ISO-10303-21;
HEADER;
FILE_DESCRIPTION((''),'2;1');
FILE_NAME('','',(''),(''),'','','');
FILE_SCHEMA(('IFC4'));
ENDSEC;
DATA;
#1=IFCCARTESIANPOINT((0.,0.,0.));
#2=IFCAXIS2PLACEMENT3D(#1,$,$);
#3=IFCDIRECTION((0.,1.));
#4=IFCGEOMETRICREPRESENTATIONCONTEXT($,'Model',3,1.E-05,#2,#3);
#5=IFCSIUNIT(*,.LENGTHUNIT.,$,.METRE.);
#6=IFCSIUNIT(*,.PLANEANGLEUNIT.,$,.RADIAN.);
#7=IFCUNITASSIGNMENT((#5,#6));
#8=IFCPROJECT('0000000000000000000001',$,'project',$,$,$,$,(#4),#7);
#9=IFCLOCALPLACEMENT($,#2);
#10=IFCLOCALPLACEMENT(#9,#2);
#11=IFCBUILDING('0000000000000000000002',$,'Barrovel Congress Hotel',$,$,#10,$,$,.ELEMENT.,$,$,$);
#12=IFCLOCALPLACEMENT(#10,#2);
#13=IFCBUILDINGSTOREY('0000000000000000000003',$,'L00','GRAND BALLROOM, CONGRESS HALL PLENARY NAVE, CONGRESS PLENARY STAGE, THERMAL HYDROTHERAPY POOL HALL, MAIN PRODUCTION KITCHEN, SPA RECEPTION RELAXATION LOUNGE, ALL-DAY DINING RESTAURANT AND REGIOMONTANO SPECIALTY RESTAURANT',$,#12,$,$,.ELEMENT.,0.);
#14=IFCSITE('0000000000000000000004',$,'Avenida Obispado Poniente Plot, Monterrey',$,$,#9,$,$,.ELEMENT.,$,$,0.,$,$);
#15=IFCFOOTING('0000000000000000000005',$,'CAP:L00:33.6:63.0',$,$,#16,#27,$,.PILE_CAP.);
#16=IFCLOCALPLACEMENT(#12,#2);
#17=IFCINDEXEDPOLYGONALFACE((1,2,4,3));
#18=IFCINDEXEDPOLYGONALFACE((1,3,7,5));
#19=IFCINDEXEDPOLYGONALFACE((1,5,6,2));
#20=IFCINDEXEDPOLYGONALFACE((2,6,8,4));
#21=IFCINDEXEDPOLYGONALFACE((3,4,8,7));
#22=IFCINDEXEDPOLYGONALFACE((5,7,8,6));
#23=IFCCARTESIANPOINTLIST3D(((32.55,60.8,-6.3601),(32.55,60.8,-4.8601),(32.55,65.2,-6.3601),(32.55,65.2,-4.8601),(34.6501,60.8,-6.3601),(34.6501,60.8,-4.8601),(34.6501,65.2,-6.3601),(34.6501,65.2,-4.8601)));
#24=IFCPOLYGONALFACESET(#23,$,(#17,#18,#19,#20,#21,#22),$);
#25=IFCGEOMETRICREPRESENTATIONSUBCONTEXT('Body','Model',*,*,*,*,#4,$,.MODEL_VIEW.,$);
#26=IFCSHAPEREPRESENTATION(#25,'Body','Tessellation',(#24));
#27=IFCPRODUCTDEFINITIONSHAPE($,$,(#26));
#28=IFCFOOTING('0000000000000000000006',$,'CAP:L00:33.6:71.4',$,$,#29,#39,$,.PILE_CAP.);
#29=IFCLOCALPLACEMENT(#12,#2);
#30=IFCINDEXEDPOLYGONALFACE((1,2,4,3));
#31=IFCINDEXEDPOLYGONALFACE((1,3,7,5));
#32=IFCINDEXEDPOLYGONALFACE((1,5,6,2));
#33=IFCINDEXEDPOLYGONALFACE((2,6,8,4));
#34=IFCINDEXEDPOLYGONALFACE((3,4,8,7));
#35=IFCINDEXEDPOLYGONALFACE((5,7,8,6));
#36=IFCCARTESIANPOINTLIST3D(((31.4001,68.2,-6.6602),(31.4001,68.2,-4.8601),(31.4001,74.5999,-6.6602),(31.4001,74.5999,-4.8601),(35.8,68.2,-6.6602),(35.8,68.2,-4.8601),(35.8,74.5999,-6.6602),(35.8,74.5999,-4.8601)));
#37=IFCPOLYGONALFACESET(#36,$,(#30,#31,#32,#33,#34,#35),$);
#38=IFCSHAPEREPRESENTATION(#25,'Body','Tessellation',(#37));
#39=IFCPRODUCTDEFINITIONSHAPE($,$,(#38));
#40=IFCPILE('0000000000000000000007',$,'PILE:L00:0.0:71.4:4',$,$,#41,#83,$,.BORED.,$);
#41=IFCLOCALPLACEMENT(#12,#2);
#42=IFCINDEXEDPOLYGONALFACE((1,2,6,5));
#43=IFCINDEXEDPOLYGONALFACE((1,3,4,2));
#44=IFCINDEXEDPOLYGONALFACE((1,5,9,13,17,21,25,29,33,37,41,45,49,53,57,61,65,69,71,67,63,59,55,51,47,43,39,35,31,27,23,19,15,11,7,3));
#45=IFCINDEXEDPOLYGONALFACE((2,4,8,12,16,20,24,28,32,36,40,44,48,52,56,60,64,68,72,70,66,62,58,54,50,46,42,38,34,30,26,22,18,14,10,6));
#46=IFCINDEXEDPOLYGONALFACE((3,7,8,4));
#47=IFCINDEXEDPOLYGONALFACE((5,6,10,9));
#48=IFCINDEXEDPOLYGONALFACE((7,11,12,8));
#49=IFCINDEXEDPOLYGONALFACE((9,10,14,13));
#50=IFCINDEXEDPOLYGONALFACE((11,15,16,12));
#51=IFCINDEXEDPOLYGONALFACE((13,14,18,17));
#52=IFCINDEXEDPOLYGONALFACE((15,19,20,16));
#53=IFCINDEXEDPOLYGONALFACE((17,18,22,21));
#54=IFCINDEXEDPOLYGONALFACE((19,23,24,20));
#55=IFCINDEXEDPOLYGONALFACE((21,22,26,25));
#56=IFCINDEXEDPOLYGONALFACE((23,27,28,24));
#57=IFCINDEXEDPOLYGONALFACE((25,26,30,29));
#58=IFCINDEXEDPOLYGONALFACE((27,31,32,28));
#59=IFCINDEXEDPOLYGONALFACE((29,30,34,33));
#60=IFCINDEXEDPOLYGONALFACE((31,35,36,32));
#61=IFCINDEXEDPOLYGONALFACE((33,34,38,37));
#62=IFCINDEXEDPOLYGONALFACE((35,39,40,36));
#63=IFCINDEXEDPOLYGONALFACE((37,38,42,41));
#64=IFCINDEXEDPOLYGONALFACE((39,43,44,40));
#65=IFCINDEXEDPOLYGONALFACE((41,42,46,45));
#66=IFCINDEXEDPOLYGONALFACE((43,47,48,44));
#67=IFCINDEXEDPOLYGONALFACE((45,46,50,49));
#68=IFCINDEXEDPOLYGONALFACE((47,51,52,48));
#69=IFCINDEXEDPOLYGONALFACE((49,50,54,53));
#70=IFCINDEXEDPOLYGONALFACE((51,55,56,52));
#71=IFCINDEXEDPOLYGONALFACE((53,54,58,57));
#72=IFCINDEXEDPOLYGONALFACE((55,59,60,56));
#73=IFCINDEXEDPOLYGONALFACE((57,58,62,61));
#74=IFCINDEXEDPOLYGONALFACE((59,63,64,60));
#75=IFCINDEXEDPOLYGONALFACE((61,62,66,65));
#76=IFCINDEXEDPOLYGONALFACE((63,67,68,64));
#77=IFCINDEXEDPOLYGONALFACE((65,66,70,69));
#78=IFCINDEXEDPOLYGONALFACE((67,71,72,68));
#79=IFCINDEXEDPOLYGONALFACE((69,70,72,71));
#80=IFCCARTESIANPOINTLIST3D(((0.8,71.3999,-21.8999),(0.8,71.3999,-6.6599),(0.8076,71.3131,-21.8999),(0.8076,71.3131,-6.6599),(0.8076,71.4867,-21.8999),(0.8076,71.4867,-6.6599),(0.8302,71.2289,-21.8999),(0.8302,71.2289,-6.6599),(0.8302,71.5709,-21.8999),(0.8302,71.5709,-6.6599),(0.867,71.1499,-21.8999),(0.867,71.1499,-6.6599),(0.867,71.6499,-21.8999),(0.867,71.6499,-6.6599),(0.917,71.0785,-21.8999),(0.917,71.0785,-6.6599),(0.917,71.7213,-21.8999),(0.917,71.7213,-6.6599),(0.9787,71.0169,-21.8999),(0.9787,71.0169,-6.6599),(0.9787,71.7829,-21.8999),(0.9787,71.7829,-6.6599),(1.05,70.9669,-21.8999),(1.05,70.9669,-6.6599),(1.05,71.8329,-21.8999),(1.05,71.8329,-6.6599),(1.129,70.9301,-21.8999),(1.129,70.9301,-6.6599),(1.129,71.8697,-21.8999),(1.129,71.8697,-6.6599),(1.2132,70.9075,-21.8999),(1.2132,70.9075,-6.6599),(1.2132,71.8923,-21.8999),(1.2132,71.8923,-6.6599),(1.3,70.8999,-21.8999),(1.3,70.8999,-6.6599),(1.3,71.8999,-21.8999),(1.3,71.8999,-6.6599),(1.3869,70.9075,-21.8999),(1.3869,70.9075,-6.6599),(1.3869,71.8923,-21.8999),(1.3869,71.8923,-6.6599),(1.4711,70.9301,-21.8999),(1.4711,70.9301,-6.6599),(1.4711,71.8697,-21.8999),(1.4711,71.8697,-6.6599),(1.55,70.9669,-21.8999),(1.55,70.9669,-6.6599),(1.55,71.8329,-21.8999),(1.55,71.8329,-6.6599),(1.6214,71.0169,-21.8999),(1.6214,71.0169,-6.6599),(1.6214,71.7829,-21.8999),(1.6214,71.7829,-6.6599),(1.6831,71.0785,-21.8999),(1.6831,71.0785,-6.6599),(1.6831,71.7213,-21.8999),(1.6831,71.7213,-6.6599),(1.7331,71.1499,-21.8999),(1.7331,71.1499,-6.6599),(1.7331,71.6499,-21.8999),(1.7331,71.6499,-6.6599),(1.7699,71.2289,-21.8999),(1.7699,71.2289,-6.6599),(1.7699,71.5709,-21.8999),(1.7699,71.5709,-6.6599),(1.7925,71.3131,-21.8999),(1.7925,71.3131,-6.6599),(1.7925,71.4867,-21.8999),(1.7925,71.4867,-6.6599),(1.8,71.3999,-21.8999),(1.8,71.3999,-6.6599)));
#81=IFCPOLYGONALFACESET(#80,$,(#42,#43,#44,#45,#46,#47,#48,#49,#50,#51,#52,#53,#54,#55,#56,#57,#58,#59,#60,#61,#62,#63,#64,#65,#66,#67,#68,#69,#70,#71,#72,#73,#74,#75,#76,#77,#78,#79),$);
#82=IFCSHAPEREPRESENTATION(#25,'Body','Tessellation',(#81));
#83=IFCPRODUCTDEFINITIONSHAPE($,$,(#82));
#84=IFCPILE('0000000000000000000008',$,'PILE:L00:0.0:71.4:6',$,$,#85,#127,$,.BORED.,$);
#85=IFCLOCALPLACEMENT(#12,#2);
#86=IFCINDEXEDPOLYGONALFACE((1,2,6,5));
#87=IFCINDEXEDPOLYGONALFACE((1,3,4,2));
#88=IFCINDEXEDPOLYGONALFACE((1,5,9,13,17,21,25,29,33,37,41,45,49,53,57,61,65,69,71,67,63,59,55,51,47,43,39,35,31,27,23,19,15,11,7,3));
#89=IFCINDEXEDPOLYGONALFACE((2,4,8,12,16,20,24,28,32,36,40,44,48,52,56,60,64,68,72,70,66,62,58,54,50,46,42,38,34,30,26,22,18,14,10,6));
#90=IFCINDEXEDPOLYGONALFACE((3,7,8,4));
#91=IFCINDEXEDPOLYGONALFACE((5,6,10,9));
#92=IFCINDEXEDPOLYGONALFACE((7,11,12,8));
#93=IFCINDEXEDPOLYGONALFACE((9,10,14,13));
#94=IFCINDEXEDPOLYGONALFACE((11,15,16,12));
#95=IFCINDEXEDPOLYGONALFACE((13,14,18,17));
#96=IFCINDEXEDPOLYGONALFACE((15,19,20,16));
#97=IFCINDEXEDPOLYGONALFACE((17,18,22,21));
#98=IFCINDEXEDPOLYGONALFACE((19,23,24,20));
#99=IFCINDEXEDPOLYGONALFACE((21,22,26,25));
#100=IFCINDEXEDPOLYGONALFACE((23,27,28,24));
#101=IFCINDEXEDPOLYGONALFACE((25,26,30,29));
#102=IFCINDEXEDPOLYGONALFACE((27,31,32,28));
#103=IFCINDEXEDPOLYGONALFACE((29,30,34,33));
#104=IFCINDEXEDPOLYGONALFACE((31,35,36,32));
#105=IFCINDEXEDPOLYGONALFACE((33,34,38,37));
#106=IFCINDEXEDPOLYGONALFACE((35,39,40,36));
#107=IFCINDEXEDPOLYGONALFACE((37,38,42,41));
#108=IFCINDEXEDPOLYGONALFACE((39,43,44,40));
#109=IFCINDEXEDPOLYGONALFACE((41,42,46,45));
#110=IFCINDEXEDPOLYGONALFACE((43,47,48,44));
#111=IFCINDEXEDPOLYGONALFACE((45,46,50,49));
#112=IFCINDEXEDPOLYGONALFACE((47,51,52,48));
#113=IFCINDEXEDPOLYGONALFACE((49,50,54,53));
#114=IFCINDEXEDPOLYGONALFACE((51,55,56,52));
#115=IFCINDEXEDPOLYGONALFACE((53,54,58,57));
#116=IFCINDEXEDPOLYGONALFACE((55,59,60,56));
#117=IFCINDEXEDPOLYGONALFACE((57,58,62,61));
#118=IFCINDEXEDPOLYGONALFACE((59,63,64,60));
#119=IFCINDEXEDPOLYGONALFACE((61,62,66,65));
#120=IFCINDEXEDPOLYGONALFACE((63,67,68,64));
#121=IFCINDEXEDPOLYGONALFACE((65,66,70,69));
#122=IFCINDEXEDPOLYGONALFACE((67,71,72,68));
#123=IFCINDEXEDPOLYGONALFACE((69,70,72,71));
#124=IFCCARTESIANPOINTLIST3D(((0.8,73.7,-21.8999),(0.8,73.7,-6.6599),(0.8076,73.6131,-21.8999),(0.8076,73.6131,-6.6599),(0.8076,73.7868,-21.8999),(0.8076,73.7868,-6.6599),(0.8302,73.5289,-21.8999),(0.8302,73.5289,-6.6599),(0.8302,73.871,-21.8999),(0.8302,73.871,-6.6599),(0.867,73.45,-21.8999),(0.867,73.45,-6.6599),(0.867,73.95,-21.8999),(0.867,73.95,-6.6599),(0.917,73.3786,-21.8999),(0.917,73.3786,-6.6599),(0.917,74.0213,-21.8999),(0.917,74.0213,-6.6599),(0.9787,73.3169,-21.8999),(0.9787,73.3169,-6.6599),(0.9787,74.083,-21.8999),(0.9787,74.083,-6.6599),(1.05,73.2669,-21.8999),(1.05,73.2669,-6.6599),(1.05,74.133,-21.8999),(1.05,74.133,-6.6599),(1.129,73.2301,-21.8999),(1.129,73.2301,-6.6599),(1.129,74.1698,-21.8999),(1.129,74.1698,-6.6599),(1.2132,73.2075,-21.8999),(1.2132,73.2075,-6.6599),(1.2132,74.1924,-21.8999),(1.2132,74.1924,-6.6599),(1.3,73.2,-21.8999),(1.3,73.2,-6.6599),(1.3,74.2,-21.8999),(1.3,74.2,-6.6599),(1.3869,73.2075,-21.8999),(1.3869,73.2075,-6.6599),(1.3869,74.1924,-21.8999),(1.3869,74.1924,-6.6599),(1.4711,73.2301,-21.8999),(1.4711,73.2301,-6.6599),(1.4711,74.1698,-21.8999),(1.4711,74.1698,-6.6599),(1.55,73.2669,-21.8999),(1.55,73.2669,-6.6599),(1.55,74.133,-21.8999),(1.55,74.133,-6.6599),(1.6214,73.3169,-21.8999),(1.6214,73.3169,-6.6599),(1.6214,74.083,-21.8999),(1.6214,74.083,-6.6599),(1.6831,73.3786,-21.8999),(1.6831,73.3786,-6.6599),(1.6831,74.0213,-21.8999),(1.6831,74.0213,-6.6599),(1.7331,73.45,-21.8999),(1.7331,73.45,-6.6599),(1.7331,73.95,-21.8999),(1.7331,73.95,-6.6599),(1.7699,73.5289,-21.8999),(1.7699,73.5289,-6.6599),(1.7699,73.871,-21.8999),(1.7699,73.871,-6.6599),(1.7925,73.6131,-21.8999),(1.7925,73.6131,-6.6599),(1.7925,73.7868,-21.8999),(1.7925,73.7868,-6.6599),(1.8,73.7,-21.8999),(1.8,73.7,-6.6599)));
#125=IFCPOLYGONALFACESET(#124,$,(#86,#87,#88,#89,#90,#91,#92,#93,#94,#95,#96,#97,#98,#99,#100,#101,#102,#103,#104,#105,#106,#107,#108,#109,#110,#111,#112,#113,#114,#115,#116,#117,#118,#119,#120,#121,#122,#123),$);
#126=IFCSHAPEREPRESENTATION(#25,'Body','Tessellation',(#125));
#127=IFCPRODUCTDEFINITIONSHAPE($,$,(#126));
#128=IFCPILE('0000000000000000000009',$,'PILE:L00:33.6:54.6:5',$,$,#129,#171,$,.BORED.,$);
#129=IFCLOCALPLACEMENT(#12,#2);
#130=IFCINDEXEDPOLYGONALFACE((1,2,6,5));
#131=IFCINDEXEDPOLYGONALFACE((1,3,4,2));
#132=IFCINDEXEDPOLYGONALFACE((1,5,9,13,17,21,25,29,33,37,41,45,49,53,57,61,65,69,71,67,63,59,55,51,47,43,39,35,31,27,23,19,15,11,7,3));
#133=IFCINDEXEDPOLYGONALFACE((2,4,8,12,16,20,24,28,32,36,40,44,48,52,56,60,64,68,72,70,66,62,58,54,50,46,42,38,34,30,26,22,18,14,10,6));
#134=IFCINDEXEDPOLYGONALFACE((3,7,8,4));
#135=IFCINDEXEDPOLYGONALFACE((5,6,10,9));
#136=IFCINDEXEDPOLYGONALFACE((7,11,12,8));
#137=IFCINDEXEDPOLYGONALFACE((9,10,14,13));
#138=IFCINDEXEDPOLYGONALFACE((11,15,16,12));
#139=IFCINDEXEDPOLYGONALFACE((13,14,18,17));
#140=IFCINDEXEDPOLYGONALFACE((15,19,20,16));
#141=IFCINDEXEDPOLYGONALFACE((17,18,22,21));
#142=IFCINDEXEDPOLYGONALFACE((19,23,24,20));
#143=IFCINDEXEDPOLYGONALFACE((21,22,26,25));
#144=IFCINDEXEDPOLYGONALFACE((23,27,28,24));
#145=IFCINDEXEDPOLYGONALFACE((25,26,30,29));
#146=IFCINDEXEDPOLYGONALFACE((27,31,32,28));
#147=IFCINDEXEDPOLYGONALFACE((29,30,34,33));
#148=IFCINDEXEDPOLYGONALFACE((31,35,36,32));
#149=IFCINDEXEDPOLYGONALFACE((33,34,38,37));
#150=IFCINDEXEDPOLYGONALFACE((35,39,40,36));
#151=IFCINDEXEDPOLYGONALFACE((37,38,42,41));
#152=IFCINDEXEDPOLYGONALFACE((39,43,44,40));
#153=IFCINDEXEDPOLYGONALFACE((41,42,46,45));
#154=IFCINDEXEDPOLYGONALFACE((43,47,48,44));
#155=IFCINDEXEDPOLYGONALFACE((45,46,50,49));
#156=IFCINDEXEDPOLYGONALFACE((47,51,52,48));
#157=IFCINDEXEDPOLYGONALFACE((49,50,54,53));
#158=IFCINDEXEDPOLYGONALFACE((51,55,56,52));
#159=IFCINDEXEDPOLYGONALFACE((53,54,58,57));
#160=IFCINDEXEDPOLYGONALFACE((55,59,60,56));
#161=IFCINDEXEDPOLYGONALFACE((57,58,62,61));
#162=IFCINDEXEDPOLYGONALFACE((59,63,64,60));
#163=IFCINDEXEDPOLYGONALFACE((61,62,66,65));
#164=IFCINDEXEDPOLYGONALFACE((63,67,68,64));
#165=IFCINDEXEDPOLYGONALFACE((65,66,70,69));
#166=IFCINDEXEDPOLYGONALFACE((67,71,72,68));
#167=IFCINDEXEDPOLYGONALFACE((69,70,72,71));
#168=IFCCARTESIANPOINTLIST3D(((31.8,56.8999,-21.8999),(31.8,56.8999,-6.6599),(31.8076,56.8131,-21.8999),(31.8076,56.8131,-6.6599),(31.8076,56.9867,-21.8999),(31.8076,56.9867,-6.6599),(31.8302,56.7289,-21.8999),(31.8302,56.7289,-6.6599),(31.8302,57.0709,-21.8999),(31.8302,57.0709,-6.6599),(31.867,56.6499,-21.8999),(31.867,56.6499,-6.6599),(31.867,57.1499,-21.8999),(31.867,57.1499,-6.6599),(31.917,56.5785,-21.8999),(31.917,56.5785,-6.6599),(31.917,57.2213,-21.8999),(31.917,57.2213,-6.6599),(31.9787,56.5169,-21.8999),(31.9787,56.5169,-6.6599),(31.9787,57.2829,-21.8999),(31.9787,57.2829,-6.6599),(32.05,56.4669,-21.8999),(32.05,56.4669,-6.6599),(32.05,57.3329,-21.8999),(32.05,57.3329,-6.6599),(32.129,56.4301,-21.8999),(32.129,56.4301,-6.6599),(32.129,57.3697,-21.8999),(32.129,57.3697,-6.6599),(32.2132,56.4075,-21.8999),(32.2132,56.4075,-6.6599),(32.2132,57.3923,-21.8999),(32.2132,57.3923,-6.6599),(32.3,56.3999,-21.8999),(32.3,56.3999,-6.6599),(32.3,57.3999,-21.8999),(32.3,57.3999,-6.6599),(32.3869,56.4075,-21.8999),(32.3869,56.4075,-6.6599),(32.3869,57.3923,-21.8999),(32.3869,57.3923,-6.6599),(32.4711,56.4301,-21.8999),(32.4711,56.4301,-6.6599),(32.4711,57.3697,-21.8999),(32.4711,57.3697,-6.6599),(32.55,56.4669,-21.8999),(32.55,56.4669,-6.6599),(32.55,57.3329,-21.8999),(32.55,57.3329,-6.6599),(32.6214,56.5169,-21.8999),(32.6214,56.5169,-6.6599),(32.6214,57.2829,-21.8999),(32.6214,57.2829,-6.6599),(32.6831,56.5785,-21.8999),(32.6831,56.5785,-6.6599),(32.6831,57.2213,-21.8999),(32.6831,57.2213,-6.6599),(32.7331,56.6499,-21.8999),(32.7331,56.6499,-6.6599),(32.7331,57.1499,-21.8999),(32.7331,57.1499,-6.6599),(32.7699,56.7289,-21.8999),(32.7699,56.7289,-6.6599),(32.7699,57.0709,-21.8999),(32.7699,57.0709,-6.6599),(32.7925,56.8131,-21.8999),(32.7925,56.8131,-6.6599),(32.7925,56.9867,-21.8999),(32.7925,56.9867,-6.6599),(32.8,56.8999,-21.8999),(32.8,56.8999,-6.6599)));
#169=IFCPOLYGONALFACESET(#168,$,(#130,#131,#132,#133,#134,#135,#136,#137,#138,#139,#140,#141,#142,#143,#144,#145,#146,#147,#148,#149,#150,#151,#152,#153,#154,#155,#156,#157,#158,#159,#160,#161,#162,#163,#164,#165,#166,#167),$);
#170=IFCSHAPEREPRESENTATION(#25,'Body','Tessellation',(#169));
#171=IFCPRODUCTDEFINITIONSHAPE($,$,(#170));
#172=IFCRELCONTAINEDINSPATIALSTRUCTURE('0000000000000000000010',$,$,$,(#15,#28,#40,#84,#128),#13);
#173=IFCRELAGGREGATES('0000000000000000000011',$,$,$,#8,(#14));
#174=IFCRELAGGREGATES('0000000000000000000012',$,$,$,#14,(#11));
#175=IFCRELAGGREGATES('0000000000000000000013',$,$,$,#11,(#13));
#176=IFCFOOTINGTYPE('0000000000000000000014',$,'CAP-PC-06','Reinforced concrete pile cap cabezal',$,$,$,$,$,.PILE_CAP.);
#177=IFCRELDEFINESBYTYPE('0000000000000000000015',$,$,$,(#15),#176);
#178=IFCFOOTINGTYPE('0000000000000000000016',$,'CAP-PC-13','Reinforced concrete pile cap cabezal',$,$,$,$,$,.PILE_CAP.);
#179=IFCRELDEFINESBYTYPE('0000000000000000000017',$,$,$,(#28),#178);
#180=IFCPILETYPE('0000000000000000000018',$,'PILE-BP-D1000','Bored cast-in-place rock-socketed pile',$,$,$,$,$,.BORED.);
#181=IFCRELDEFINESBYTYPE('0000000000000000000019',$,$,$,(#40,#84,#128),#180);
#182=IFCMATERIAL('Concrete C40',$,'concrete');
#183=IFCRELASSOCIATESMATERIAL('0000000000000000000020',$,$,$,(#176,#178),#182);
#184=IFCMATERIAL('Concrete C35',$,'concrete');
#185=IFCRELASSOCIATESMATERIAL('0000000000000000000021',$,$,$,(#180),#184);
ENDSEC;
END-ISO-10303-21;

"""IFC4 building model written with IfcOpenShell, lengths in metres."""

from ifc_helpers import new_model, si_unit, direction, frame, origin, origin_2d, place, context, subcontext, project, spatial, rectangle, circle, extrude, material, material_profile, profile_set, type_object, element, save


model = new_model("IFC4")

# Units and contexts
model_context = context("Model", 3, precision=1e-05, world=origin(), true_north=direction((0.0, 1.0)))
body_context = subcontext(model_context, "Body", "Model", "MODEL_VIEW")
ifc_project = project(units=[si_unit("LENGTHUNIT", "METRE"), si_unit("PLANEANGLEUNIT", "RADIAN")], contexts=[model_context])

# Site, building, storey
site_placement = place(None, origin())
site = spatial("IfcSite", under=ifc_project, at=site_placement, Name="Avenida Obispado Poniente Plot, Monterrey", CompositionType="ELEMENT", RefElevation=0.0)
building_placement = place(site_placement, origin())
building = spatial("IfcBuilding", under=site, at=building_placement, Name="Barrovel Congress Hotel", CompositionType="ELEMENT")
storey_placement = place(building_placement, origin())
storey = spatial("IfcBuildingStorey", under=building, at=storey_placement, Name="L00", Description="GRAND BALLROOM, CONGRESS HALL PLENARY NAVE, CONGRESS PLENARY STAGE, THERMAL HYDROTHERAPY POOL HALL, MAIN PRODUCTION KITCHEN, SPA RECEPTION RELAXATION LOUNGE, ALL-DAY DINING RESTAURANT AND REGIOMONTANO SPECIALTY RESTAURANT", CompositionType="ELEMENT", Elevation=0.0)

# Footings
ifc_material_1 = material(Name="Concrete C40", Category="concrete")
footing_type_1 = type_object("IfcFootingType", Name="CAP-PC-06", Description="Reinforced concrete pile cap cabezal", PredefinedType="PILE_CAP", material=ifc_material_1)
footing_1_placement = place(storey_placement, frame((33.6001, 63.0, -6.3601), z_axis=(0.0, 0.0, 1.0), x_axis=(1.0, 0.0, 0.0)))
element("IfcFooting", 1, at=footing_1_placement, inside=storey, type_object=footing_type_1, Name="CAP:L00:33.6:63.0", PredefinedType="PILE_CAP", context=body_context, shape_type="SweptSolid", body=[
    extrude(rectangle(XDim=2.1001, YDim=4.3999, at=origin_2d()), origin(), (0.0, 0.0, 1.0), 1.5),
])
footing_type_2 = type_object("IfcFootingType", Name="CAP-PC-13", Description="Reinforced concrete pile cap cabezal", PredefinedType="PILE_CAP", material=ifc_material_1)
footing_2_placement = place(storey_placement, frame((33.6001, 71.3999, -6.6602), z_axis=(0.0, 0.0, 1.0), x_axis=(1.0, 0.0, 0.0)))
element("IfcFooting", 2, at=footing_2_placement, inside=storey, type_object=footing_type_2, Name="CAP:L00:33.6:71.4", PredefinedType="PILE_CAP", context=body_context, shape_type="SweptSolid", body=[
    extrude(rectangle(XDim=4.3999, YDim=6.3999, at=origin_2d()), origin(), (0.0, 0.0, 1.0), 1.8),
])

# Piles
ifc_material_2 = material(Name="Concrete C35", Category="concrete")
ifc_material_profile_1 = material_profile(ifc_material_2, circle(Radius=0.5, at=origin_2d()), Name="BP-D1000")
ifc_profile_set_1 = profile_set([ifc_material_profile_1], Name="Concrete C35")
pile_type = type_object("IfcPileType", Name="PILE-BP-D1000", Description="Bored cast-in-place rock-socketed pile", PredefinedType="BORED", material=ifc_profile_set_1)
for number, where, z_axis, x_axis, name in (
    (3, (1.3, 71.3999, -6.6599), (0.0, 0.0, -1.0), (1.0, 0.0, 0.0), "PILE:L00:0.0:71.4:4"),
    (4, (1.3, 73.7, -6.6599), (0.0, 0.0, -1.0), (1.0, 0.0, 0.0), "PILE:L00:0.0:71.4:6"),
    (5, (32.3, 56.8999, -6.6599), (0.0, 0.0, -1.0), (1.0, 0.0, 0.0), "PILE:L00:33.6:54.6:5"),
):
    element("IfcPile", number, at=place(storey_placement, frame(where, z_axis=z_axis, x_axis=x_axis)), inside=storey, type_object=pile_type, Name=name, PredefinedType="BORED", context=body_context, shape_type="SweptSolid", body=[
        extrude(circle(Radius=0.5, at=origin_2d()), origin(), (0.0, 0.0, 1.0), 15.24),
    ])

save(model, "model.ifc")
